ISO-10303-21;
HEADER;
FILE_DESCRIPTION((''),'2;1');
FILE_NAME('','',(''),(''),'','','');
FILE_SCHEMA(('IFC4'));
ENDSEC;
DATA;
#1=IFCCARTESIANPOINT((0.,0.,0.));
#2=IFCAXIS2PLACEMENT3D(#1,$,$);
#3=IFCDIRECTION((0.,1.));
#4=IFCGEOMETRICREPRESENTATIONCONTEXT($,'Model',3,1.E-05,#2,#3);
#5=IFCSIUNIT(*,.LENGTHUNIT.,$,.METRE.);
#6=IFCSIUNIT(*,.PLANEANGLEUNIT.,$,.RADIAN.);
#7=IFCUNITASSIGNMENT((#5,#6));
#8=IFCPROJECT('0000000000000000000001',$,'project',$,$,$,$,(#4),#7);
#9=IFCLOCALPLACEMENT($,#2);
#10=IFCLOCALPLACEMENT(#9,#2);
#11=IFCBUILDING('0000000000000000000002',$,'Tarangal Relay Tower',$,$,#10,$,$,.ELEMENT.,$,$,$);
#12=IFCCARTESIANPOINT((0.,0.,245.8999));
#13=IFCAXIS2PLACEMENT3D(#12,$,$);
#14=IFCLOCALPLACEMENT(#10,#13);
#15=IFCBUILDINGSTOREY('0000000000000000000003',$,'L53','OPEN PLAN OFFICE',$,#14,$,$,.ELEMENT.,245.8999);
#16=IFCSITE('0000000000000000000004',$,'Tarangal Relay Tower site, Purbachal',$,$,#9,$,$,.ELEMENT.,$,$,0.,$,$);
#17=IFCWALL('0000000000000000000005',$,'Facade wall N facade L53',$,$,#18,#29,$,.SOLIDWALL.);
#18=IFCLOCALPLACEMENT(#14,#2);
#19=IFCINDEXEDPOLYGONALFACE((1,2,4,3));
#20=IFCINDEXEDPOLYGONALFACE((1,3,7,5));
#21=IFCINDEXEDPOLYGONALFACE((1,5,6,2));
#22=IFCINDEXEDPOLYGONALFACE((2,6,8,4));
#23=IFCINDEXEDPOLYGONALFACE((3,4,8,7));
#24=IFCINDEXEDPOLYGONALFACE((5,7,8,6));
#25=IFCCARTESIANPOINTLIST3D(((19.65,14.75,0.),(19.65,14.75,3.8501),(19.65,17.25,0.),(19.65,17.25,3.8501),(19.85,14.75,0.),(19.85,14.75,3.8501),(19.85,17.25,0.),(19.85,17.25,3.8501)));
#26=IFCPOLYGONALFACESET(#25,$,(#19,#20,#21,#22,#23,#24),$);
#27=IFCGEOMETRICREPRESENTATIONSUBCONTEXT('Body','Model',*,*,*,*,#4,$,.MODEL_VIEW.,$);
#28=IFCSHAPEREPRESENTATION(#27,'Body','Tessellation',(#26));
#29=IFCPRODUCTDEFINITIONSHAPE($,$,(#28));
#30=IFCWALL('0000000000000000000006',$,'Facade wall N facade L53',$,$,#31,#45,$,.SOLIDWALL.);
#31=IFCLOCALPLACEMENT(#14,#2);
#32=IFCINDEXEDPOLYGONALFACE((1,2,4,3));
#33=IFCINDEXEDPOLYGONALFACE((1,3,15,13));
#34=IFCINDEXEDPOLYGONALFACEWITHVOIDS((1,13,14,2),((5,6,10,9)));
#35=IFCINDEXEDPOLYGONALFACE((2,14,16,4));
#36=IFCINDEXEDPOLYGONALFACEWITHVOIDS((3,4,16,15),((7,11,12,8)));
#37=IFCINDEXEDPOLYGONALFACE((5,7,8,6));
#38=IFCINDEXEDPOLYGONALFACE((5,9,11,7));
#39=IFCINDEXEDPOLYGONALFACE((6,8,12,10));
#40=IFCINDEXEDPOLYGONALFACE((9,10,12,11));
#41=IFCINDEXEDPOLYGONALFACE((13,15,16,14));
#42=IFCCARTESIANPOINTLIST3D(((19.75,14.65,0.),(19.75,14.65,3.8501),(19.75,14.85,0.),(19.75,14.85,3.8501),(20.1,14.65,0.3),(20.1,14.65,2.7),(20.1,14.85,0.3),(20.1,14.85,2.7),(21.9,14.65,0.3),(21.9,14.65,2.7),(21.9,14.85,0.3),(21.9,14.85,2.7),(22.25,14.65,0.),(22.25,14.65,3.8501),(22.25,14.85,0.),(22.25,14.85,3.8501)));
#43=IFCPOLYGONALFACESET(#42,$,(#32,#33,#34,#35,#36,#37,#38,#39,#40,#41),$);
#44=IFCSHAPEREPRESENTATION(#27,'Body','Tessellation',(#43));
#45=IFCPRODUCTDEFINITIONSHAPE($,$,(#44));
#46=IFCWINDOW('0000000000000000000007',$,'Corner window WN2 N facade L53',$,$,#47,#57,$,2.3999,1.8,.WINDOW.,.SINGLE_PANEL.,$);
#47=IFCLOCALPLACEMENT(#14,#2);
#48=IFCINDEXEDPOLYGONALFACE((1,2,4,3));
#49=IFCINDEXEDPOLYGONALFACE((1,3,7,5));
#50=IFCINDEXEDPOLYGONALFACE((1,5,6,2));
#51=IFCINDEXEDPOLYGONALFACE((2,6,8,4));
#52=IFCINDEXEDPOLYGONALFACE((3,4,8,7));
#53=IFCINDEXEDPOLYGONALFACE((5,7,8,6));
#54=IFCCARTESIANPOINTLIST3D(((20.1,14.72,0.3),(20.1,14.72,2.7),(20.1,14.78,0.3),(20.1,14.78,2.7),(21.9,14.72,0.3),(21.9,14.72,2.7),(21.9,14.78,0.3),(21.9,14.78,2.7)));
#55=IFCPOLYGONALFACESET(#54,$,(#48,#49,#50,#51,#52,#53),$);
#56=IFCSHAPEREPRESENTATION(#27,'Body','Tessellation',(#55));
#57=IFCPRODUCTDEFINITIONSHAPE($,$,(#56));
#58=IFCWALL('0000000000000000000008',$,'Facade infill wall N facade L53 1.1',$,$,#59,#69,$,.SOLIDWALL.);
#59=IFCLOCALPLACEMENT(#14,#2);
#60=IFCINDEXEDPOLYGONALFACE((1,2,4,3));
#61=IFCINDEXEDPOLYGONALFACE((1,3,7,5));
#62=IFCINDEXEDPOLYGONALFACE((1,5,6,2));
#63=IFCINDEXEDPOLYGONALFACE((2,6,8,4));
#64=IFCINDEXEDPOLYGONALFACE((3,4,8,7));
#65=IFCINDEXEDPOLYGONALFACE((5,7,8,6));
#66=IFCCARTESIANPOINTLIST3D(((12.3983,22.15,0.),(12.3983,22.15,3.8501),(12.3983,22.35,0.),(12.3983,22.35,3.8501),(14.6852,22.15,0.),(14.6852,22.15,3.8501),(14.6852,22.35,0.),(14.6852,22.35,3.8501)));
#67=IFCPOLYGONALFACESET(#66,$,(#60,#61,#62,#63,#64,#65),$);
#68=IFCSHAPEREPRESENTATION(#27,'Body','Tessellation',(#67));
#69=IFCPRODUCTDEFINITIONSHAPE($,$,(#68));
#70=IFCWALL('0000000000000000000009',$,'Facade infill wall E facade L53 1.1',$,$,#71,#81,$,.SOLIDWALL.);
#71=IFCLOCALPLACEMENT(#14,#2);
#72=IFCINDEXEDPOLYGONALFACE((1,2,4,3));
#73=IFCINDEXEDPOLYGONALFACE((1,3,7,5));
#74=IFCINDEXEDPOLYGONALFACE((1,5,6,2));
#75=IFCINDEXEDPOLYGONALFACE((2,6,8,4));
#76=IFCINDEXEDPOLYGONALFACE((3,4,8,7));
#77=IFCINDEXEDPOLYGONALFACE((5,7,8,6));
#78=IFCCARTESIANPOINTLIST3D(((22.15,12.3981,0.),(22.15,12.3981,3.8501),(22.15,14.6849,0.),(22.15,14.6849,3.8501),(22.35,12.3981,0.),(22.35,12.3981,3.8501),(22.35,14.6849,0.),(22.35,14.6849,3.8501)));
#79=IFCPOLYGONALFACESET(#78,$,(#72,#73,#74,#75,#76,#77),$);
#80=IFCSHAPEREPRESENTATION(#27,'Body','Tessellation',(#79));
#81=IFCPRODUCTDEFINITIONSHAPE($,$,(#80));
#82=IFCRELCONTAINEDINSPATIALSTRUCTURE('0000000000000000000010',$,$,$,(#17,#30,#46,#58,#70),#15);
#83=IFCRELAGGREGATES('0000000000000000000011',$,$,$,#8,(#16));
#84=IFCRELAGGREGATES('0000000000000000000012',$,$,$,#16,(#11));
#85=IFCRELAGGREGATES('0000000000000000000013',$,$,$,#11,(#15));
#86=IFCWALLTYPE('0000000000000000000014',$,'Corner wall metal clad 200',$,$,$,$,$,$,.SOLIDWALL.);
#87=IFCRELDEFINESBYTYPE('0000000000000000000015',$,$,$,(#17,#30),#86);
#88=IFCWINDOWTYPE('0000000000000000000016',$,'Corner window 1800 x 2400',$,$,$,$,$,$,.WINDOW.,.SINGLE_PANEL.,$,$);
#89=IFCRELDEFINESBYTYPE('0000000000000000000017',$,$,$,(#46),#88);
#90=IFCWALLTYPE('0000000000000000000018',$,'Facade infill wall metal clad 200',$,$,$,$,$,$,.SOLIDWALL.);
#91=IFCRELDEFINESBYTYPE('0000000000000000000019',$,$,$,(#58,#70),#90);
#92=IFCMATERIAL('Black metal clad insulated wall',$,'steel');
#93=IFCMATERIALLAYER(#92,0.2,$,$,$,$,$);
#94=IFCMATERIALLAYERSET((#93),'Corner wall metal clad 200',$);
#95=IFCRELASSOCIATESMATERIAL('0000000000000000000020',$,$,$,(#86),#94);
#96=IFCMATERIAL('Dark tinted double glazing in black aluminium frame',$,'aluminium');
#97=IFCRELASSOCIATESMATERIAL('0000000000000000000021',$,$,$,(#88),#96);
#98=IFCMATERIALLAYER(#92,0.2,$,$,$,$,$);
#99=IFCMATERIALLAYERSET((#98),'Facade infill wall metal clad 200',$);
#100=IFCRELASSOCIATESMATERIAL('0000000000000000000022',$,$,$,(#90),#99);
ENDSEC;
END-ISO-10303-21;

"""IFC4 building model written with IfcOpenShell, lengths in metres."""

from ifc_helpers import new_model, si_unit, direction, frame, frame_2d, origin, place, context, subcontext, project, spatial, rectangle, extrude, material, layer, layer_set, type_object, element, fill, save


model = new_model("IFC4")

# Units and contexts
model_context = context("Model", 3, precision=1e-05, world=origin(), true_north=direction((0.0, 1.0)))
body_context = subcontext(model_context, "Body", "Model", "MODEL_VIEW")
ifc_project = project(units=[si_unit("LENGTHUNIT", "METRE"), si_unit("PLANEANGLEUNIT", "RADIAN")], contexts=[model_context])

# Site, building, storey
site_placement = place(None, origin())
site = spatial("IfcSite", under=ifc_project, at=site_placement, Name="Tarangal Relay Tower site, Purbachal", CompositionType="ELEMENT", RefElevation=0.0)
building_placement = place(site_placement, origin())
building = spatial("IfcBuilding", under=site, at=building_placement, Name="Tarangal Relay Tower", CompositionType="ELEMENT")
storey_placement = place(building_placement, frame((0.0, 0.0, 245.8999)))
storey = spatial("IfcBuildingStorey", under=building, at=storey_placement, Name="L53", Description="OPEN PLAN OFFICE", CompositionType="ELEMENT", Elevation=245.8999)

# Shared definitions
ifc_material_1 = material(Name="Black metal clad insulated wall", Category="steel")
ifc_layer_1 = layer(ifc_material_1, 0.2)
ifc_layer_set_1 = layer_set([ifc_layer_1], Name="Corner wall metal clad 200")
wall_type_1 = type_object("IfcWallType", Name="Corner wall metal clad 200", PredefinedType="SOLIDWALL", material=ifc_layer_set_1)

# Shared definitions
ifc_material_2 = material(Name="Dark tinted double glazing in black aluminium frame", Category="aluminium")
window_type = type_object("IfcWindowType", Name="Corner window 1800 x 2400", PartitioningType="SINGLE_PANEL", PredefinedType="WINDOW", material=ifc_material_2)

# Wall
wall_1_placement = place(storey_placement, frame((19.75, 17.25, 0.0), z_axis=(0.0, 0.0, 1.0), x_axis=(0.0, -1.0, 0.0)))
element("IfcWall", 1, at=wall_1_placement, inside=storey, type_object=wall_type_1, Name="Facade wall N facade L53", PredefinedType="SOLIDWALL", context=body_context, shape_type="SweptSolid", body=[
    extrude(rectangle(XDim=2.5, YDim=0.2, at=frame_2d((1.25, 0.0))), origin(), (0.0, 0.0, 1.0), 3.8501),
])

# Wall, opening, window
wall_2_placement = place(storey_placement, frame((19.75, 14.75, 0.0), z_axis=(0.0, 0.0, 1.0), x_axis=(1.0, 0.0, 0.0)))
wall_2 = element("IfcWall", 2, at=wall_2_placement, inside=storey, type_object=wall_type_1, Name="Facade wall N facade L53", PredefinedType="SOLIDWALL", context=body_context, shape_type="SweptSolid", body=[
    extrude(rectangle(XDim=2.5, YDim=0.2, at=frame_2d((1.25, 0.0))), origin(), (0.0, 0.0, 1.0), 3.8501),
])
opening_1_placement = place(wall_2_placement, frame((0.3501, 0.0, 0.3)))
opening_1 = element("IfcOpeningElement", 3, at=opening_1_placement, cuts=wall_2, PredefinedType="OPENING", context=body_context, shape_type="SweptSolid", body=[
    extrude(rectangle(XDim=1.8, YDim=2.3999, at=frame_2d((0.8999, 1.2))), frame((0.0, 0.1099, 0.0), z_axis=(0.0, -1.0, 0.0), x_axis=(1.0, 0.0, 0.0)), (0.0, 0.0, 1.0), 0.22),
])
window_1_placement = place(opening_1_placement, origin())
window_1 = element("IfcWindow", 4, at=window_1_placement, inside=storey, type_object=window_type, Name="Corner window WN2 N facade L53", OverallHeight=2.3999, OverallWidth=1.8, PartitioningType="SINGLE_PANEL", PredefinedType="WINDOW", context=body_context, shape_type="SweptSolid", body=[
    extrude(rectangle(XDim=1.8, YDim=2.3999, at=frame_2d((0.8999, 1.2))), frame((0.0, 0.03, 0.0), z_axis=(0.0, -1.0, 0.0), x_axis=(1.0, 0.0, 0.0)), (0.0, 0.0, 1.0), 0.0601),
])
fill(opening_1, window_1)

# Walls
ifc_layer_2 = layer(ifc_material_1, 0.2)
ifc_layer_set_2 = layer_set([ifc_layer_2], Name="Facade infill wall metal clad 200")
wall_type_2 = type_object("IfcWallType", Name="Facade infill wall metal clad 200", PredefinedType="SOLIDWALL", material=ifc_layer_set_2)
for number, where, z_axis, x_axis, name in (
    (5, (12.3982, 22.25, 0.0), (0.0, 0.0, 1.0), (1.0, 0.0, 0.0), "Facade infill wall N facade L53 1.1"),
    (6, (22.25, 14.6851, 0.0), (0.0, 0.0, 1.0), (0.0, -1.0, 0.0), "Facade infill wall E facade L53 1.1"),
):
    element("IfcWall", number, at=place(storey_placement, frame(where, z_axis=z_axis, x_axis=x_axis)), inside=storey, type_object=wall_type_2, Name=name, PredefinedType="SOLIDWALL", context=body_context, shape_type="SweptSolid", body=[
        extrude(rectangle(XDim=2.2869, YDim=0.2, at=frame_2d((1.1436, 0.0))), origin(), (0.0, 0.0, 1.0), 3.8501),
    ])

save(model, "model.ifc")
